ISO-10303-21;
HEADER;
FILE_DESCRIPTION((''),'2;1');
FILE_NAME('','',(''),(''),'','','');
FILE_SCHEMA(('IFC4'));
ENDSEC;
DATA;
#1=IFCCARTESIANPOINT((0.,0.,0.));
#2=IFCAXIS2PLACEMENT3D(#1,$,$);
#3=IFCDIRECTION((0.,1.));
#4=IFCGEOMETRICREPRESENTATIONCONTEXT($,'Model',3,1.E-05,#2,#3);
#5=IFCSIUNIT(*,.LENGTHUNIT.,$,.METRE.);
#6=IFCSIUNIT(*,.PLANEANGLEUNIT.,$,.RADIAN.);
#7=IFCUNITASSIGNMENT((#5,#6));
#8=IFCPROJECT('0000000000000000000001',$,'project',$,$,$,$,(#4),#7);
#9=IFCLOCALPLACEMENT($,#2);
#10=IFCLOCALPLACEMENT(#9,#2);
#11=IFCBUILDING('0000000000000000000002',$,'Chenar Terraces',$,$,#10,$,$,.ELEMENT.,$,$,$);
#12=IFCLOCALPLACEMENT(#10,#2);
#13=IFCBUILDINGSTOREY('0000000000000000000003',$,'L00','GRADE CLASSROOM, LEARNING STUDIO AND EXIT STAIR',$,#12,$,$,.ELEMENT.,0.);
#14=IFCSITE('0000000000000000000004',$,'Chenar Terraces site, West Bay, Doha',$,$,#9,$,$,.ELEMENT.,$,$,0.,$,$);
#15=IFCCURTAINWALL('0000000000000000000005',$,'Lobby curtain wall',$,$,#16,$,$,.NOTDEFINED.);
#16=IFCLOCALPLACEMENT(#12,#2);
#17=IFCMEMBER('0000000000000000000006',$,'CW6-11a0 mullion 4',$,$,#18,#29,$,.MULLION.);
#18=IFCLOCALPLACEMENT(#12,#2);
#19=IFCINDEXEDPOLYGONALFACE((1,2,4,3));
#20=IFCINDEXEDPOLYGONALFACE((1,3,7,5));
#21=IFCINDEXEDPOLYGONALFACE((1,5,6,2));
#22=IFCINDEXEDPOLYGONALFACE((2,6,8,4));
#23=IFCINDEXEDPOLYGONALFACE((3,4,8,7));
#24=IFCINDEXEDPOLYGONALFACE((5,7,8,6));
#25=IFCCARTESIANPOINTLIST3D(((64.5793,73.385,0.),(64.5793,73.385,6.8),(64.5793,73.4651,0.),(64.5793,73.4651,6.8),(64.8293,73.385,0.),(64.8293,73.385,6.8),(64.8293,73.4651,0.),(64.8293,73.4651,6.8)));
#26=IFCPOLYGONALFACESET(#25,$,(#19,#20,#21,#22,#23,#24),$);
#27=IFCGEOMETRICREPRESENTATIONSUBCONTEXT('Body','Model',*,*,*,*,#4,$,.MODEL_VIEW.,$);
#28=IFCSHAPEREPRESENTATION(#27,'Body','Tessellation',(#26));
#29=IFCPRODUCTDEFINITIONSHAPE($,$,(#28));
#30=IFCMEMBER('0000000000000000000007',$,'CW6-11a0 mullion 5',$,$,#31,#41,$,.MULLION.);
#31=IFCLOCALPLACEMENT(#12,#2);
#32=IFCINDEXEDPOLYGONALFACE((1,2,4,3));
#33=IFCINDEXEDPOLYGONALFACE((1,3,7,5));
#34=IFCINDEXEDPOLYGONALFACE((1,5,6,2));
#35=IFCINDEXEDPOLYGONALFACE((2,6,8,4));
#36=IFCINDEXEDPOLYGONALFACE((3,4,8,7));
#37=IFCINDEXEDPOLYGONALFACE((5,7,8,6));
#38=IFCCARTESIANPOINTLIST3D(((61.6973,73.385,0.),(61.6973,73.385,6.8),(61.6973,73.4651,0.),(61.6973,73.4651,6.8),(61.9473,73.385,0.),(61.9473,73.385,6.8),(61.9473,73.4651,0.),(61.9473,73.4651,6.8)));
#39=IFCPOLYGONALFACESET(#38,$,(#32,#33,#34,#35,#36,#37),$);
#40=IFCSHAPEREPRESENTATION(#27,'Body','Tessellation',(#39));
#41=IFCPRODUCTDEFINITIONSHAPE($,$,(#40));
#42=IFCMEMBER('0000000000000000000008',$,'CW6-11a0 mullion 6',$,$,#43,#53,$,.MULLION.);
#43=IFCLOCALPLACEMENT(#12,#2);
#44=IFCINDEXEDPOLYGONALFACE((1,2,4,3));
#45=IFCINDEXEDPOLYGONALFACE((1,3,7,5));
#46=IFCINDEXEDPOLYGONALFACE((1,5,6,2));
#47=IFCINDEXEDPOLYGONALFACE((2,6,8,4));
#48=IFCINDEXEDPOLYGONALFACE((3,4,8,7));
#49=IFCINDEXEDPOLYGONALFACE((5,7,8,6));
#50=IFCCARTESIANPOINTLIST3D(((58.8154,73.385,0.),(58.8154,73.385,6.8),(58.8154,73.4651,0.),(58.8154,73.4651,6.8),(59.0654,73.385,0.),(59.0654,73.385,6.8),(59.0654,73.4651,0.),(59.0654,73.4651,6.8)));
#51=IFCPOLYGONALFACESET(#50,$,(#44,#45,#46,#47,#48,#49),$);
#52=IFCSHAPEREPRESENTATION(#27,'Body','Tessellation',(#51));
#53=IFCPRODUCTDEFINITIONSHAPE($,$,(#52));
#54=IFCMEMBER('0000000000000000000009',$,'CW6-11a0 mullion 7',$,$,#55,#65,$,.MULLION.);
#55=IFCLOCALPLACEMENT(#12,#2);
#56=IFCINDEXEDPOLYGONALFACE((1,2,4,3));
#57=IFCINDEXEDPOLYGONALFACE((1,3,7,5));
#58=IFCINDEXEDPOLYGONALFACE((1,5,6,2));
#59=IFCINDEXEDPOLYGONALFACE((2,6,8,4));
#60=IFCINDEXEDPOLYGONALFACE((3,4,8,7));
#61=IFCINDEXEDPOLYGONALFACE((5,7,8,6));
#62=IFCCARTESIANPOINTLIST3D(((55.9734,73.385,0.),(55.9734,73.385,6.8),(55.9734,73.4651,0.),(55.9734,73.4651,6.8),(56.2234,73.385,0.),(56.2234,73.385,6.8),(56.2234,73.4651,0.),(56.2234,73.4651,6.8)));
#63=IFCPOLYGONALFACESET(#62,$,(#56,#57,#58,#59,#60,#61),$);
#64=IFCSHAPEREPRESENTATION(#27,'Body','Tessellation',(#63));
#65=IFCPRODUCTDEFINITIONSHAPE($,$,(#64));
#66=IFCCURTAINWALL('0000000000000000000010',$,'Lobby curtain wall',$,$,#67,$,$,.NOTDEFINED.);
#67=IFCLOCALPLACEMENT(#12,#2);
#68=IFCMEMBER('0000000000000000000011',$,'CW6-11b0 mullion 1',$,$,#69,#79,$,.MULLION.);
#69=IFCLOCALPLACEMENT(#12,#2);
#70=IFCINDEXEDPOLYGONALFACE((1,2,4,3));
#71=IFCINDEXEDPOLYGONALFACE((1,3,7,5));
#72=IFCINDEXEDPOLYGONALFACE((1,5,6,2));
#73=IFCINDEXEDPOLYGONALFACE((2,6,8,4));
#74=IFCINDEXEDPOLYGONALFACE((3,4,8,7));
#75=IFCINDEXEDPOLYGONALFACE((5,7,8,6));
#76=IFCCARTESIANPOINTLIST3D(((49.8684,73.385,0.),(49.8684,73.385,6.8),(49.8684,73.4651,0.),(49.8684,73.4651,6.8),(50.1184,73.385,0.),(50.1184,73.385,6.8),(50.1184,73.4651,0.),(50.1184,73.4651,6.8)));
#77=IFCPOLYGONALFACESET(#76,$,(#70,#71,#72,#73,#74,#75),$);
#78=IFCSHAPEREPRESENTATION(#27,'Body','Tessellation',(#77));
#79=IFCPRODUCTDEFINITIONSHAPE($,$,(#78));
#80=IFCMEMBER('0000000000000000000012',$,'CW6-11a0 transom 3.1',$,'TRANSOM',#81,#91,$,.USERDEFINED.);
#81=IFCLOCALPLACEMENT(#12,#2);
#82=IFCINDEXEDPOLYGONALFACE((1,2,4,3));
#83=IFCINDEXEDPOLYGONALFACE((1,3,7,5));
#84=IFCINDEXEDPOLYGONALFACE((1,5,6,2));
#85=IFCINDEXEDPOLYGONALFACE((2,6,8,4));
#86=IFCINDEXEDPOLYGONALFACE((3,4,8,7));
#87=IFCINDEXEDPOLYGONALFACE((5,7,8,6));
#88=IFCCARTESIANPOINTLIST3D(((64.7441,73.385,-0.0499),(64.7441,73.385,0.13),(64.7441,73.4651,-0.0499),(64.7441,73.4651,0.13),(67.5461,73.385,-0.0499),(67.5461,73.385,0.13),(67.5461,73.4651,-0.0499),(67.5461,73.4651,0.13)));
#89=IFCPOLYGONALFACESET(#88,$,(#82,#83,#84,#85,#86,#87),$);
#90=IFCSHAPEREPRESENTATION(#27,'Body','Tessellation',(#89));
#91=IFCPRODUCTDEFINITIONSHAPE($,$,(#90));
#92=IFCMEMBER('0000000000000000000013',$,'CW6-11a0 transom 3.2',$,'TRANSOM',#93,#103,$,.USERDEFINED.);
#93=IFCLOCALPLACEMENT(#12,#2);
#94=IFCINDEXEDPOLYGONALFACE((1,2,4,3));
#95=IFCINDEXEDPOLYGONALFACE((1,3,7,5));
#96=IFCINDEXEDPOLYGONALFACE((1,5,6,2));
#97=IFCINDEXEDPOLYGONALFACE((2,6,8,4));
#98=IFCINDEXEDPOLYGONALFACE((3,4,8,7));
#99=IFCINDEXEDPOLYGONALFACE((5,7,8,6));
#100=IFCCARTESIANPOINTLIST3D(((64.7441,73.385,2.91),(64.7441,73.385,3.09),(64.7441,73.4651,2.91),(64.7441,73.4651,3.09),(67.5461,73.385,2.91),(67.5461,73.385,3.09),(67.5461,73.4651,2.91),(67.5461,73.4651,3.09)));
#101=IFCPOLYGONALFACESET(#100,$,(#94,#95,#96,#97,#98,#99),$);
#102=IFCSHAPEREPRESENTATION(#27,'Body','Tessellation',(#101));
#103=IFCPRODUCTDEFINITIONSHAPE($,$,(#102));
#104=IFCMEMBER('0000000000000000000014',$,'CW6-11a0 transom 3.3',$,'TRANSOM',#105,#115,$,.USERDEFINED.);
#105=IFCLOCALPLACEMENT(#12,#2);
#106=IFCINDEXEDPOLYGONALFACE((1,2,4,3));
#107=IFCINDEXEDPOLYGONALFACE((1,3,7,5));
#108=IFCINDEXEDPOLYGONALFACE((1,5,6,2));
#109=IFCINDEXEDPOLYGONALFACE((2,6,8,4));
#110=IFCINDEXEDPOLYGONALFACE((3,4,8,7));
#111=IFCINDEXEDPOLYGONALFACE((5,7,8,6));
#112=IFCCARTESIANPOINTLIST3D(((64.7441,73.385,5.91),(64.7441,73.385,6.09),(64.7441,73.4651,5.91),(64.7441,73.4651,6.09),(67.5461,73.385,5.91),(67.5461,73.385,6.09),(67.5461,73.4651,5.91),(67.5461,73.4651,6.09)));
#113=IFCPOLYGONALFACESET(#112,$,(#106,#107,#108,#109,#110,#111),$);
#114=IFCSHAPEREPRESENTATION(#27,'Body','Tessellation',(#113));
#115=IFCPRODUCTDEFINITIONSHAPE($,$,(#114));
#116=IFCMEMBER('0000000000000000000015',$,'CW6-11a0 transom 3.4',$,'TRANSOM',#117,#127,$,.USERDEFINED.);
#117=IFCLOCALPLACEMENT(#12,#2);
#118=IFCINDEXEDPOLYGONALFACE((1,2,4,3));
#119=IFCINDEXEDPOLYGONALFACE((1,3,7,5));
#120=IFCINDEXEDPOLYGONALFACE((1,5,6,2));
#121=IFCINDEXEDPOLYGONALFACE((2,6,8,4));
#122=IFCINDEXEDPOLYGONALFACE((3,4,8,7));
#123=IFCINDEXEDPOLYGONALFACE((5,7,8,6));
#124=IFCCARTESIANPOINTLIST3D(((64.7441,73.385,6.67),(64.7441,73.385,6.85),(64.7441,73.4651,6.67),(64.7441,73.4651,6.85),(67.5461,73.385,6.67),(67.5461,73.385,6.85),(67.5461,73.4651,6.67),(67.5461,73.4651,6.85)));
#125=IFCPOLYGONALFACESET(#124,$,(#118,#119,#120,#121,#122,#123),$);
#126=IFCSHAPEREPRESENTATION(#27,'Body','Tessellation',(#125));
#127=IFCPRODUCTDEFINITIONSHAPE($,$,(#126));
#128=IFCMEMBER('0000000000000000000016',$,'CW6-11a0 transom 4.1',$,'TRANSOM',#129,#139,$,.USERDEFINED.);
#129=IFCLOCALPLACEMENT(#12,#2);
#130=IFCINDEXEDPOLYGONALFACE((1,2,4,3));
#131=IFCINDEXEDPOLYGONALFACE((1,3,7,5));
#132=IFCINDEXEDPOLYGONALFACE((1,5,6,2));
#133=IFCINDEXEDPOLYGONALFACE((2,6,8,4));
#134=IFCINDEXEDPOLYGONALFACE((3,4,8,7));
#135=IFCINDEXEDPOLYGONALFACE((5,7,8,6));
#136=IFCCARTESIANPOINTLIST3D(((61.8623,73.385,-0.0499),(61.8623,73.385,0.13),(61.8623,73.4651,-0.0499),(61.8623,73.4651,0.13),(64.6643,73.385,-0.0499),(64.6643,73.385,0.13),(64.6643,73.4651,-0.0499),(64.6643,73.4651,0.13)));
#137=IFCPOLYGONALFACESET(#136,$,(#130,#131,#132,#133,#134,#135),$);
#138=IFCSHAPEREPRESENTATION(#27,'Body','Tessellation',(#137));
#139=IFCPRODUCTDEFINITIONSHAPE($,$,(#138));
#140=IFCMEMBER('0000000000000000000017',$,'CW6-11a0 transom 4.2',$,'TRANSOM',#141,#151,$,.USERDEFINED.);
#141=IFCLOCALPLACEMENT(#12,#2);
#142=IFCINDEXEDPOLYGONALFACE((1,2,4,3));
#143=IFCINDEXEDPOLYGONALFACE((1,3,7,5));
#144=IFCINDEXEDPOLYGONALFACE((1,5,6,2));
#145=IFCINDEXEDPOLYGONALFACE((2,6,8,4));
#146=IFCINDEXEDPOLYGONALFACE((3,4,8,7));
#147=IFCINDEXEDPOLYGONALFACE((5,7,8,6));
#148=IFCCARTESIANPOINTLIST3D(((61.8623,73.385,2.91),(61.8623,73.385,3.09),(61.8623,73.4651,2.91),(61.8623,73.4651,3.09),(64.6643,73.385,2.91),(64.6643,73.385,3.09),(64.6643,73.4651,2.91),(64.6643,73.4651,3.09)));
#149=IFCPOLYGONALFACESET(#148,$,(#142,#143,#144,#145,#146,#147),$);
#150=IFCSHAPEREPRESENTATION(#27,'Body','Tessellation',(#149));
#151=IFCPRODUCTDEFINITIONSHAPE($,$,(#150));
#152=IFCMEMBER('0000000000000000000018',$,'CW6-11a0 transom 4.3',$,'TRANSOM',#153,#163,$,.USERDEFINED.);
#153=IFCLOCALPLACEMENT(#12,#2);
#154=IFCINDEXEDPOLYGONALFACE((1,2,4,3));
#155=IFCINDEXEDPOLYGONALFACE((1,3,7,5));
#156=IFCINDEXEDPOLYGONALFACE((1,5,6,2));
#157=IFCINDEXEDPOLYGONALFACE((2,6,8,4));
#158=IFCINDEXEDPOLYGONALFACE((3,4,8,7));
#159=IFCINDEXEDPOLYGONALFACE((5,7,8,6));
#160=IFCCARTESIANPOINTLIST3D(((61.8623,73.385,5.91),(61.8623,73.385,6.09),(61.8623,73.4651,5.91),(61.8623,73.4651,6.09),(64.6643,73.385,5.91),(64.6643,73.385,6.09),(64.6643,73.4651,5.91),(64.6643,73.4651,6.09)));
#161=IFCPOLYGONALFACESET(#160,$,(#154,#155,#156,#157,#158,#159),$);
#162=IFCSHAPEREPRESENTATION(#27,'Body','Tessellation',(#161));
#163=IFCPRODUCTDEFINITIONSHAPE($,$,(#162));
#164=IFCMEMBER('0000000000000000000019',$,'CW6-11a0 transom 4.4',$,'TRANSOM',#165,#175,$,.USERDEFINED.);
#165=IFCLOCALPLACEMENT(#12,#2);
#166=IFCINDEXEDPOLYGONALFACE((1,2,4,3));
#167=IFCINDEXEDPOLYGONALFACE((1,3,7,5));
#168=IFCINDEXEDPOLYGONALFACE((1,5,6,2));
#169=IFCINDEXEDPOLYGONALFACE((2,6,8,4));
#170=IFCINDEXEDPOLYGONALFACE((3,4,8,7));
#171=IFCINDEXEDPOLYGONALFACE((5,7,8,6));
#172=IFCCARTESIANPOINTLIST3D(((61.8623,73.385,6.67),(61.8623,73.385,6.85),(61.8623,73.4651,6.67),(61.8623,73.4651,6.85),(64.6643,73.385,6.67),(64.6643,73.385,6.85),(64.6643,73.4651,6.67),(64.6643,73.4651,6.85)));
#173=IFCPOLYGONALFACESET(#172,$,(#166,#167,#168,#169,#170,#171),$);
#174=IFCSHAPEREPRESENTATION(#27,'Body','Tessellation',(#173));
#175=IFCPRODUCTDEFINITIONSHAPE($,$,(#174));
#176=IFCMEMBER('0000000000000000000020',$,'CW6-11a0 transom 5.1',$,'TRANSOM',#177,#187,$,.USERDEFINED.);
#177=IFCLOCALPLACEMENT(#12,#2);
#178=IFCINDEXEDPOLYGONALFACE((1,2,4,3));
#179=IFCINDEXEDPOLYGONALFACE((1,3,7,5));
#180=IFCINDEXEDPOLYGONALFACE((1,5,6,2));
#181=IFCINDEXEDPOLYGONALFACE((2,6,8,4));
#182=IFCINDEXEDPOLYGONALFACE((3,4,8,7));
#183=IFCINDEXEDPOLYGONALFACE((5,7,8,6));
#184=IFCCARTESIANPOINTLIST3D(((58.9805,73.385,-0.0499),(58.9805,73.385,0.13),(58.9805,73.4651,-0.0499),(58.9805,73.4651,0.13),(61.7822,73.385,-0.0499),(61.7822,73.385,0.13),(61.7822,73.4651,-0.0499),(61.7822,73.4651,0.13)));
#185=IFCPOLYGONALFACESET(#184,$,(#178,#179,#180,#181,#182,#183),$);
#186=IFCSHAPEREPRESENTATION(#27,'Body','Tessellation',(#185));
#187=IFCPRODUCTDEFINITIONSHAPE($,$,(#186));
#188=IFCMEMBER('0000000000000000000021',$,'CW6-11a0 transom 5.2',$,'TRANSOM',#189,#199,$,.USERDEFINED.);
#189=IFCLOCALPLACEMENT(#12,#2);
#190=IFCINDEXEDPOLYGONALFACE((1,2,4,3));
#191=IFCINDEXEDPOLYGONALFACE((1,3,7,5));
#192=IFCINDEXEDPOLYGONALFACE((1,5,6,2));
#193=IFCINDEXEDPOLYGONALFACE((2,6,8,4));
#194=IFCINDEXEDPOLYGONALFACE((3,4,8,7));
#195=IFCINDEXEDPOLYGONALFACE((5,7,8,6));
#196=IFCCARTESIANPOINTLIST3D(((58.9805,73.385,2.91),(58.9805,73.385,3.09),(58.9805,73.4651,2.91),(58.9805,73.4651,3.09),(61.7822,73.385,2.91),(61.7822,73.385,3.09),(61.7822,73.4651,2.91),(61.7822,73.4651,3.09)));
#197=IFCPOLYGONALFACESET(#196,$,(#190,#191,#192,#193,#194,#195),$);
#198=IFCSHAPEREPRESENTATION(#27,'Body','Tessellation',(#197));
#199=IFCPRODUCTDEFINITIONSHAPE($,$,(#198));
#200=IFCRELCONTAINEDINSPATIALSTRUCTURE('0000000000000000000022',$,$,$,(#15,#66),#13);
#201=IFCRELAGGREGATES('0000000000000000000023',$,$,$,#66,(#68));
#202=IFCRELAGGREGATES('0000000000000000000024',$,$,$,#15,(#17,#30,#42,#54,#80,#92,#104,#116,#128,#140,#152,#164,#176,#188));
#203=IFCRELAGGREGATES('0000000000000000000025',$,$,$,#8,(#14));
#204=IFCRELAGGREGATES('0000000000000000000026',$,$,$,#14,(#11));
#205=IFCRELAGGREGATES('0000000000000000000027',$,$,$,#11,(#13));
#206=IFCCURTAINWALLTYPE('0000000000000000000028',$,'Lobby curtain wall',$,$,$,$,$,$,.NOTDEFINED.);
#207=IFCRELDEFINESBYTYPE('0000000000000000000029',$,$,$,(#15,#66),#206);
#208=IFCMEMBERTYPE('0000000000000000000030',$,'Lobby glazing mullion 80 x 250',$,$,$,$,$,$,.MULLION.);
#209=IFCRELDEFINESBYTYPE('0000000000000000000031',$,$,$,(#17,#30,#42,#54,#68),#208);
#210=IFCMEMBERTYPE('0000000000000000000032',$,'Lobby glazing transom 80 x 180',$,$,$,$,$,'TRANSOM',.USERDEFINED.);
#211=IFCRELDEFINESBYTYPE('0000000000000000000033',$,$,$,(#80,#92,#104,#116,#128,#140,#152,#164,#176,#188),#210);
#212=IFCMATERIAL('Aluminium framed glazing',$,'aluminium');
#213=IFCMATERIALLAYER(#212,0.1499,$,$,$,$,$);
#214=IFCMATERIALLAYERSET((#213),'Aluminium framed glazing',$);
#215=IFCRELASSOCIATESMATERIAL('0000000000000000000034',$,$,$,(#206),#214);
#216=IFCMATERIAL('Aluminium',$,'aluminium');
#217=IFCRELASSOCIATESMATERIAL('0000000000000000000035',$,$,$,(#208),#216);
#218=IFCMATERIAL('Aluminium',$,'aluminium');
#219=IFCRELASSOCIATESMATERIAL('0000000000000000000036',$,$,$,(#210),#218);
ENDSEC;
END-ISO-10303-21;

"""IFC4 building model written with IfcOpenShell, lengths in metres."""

from ifc_helpers import new_model, si_unit, direction, frame, origin, origin_2d, place, context, subcontext, project, spatial, rectangle, extrude, material, layer, layer_set, material_profile, profile_set, type_object, element, aggregate, save


model = new_model("IFC4")

# Units and contexts
model_context = context("Model", 3, precision=1e-05, world=origin(), true_north=direction((0.0, 1.0)))
body_context = subcontext(model_context, "Body", "Model", "MODEL_VIEW")
ifc_project = project(units=[si_unit("LENGTHUNIT", "METRE"), si_unit("PLANEANGLEUNIT", "RADIAN")], contexts=[model_context])

# Site, building, storey
site_placement = place(None, origin())
site = spatial("IfcSite", under=ifc_project, at=site_placement, Name="Chenar Terraces site, West Bay, Doha", CompositionType="ELEMENT", RefElevation=0.0)
building_placement = place(site_placement, origin())
building = spatial("IfcBuilding", under=site, at=building_placement, Name="Chenar Terraces", CompositionType="ELEMENT")
storey_placement = place(building_placement, origin())
storey = spatial("IfcBuildingStorey", under=building, at=storey_placement, Name="L00", Description="GRADE CLASSROOM, LEARNING STUDIO AND EXIT STAIR", CompositionType="ELEMENT", Elevation=0.0)

# Curtain wall, members
ifc_material_1 = material(Name="Aluminium framed glazing", Category="aluminium")
ifc_layer_1 = layer(ifc_material_1, 0.1499)
ifc_layer_set_1 = layer_set([ifc_layer_1], Name="Aluminium framed glazing")
curtain_wall_type = type_object("IfcCurtainWallType", Name="Lobby curtain wall", PredefinedType="NOTDEFINED", material=ifc_layer_set_1)
placement = place(storey_placement, origin())
curtain_wall_1 = element("IfcCurtainWall", 1, at=placement, inside=storey, type_object=curtain_wall_type, Name="Lobby curtain wall", PredefinedType="NOTDEFINED")
ifc_material_2 = material(Name="Aluminium", Category="aluminium")
ifc_material_profile_1 = material_profile(ifc_material_2, rectangle(XDim=0.0801, YDim=0.25, at=origin_2d()), Name="Lobby glazing mullion 80 x 250")
ifc_profile_set_1 = profile_set([ifc_material_profile_1], Name="Aluminium")
member_type_1 = type_object("IfcMemberType", Name="Lobby glazing mullion 80 x 250", PredefinedType="MULLION", material=ifc_profile_set_1)
member_1_placement = place(storey_placement, frame((64.7043, 73.425, 0.0), z_axis=(0.0, 0.0, 1.0), x_axis=(0.0, -1.0, 0.0)))
member_1 = element("IfcMember", 2, at=member_1_placement, type_object=member_type_1, Name="CW6-11a0 mullion 4", PredefinedType="MULLION", context=body_context, shape_type="SweptSolid", body=[
    extrude(rectangle(XDim=0.0801, YDim=0.25, at=origin_2d()), origin(), (0.0, 0.0, 1.0), 6.8),
])
member_2_placement = place(storey_placement, frame((61.8223, 73.425, 0.0), z_axis=(0.0, 0.0, 1.0), x_axis=(0.0, -1.0, 0.0)))
member_2 = element("IfcMember", 3, at=member_2_placement, type_object=member_type_1, Name="CW6-11a0 mullion 5", PredefinedType="MULLION", context=body_context, shape_type="SweptSolid", body=[
    extrude(rectangle(XDim=0.0801, YDim=0.25, at=origin_2d()), origin(), (0.0, 0.0, 1.0), 6.8),
])
member_3_placement = place(storey_placement, frame((58.9404, 73.425, 0.0), z_axis=(0.0, 0.0, 1.0), x_axis=(0.0, -1.0, 0.0)))
member_3 = element("IfcMember", 4, at=member_3_placement, type_object=member_type_1, Name="CW6-11a0 mullion 6", PredefinedType="MULLION", context=body_context, shape_type="SweptSolid", body=[
    extrude(rectangle(XDim=0.0801, YDim=0.25, at=origin_2d()), origin(), (0.0, 0.0, 1.0), 6.8),
])
member_4_placement = place(storey_placement, frame((56.0984, 73.425, 0.0), z_axis=(0.0, 0.0, 1.0), x_axis=(0.0, -1.0, 0.0)))
member_4 = element("IfcMember", 5, at=member_4_placement, type_object=member_type_1, Name="CW6-11a0 mullion 7", PredefinedType="MULLION", context=body_context, shape_type="SweptSolid", body=[
    extrude(rectangle(XDim=0.0801, YDim=0.25, at=origin_2d()), origin(), (0.0, 0.0, 1.0), 6.8),
])

# Curtain wall, member
curtain_wall_2 = element("IfcCurtainWall", 6, at=placement, inside=storey, type_object=curtain_wall_type, Name="Lobby curtain wall", PredefinedType="NOTDEFINED")
member_5_placement = place(storey_placement, frame((49.9934, 73.425, 0.0), z_axis=(0.0, 0.0, 1.0), x_axis=(0.0, -1.0, 0.0)))
member_5 = element("IfcMember", 7, at=member_5_placement, type_object=member_type_1, Name="CW6-11b0 mullion 1", PredefinedType="MULLION", context=body_context, shape_type="SweptSolid", body=[
    extrude(rectangle(XDim=0.0801, YDim=0.25, at=origin_2d()), origin(), (0.0, 0.0, 1.0), 6.8),
])

# Members
ifc_material_3 = material(Name="Aluminium", Category="aluminium")
ifc_material_profile_2 = material_profile(ifc_material_3, rectangle(XDim=0.0801, YDim=0.1799, at=origin_2d()), Name="Lobby glazing transom 80 x 180")
ifc_profile_set_2 = profile_set([ifc_material_profile_2], Name="Aluminium")
member_type_2 = type_object("IfcMemberType", Name="Lobby glazing transom 80 x 180", ElementType="TRANSOM", PredefinedType="USERDEFINED", material=ifc_profile_set_2)
member_6_placement = place(storey_placement, frame((67.5461, 73.425, 0.04), z_axis=(-1.0, 0.0, 0.0), x_axis=(0.0, -1.0, 0.0)))
member_6 = element("IfcMember", 8, at=member_6_placement, type_object=member_type_2, Name="CW6-11a0 transom 3.1", ObjectType="TRANSOM", PredefinedType="USERDEFINED", context=body_context, shape_type="SweptSolid", body=[
    extrude(rectangle(XDim=0.0801, YDim=0.1799, at=origin_2d()), origin(), (0.0, 0.0, 1.0), 2.802),
])
member_7_placement = place(storey_placement, frame((67.5461, 73.425, 3.0), z_axis=(-1.0, 0.0, 0.0), x_axis=(0.0, -1.0, 0.0)))
member_7 = element("IfcMember", 9, at=member_7_placement, type_object=member_type_2, Name="CW6-11a0 transom 3.2", ObjectType="TRANSOM", PredefinedType="USERDEFINED", context=body_context, shape_type="SweptSolid", body=[
    extrude(rectangle(XDim=0.0801, YDim=0.1799, at=origin_2d()), origin(), (0.0, 0.0, 1.0), 2.802),
])
member_8_placement = place(storey_placement, frame((67.5461, 73.425, 6.0), z_axis=(-1.0, 0.0, 0.0), x_axis=(0.0, -1.0, 0.0)))
member_8 = element("IfcMember", 10, at=member_8_placement, type_object=member_type_2, Name="CW6-11a0 transom 3.3", ObjectType="TRANSOM", PredefinedType="USERDEFINED", context=body_context, shape_type="SweptSolid", body=[
    extrude(rectangle(XDim=0.0801, YDim=0.1799, at=origin_2d()), origin(), (0.0, 0.0, 1.0), 2.802),
])
member_9_placement = place(storey_placement, frame((67.5461, 73.425, 6.76), z_axis=(-1.0, 0.0, 0.0), x_axis=(0.0, -1.0, 0.0)))
member_9 = element("IfcMember", 11, at=member_9_placement, type_object=member_type_2, Name="CW6-11a0 transom 3.4", ObjectType="TRANSOM", PredefinedType="USERDEFINED", context=body_context, shape_type="SweptSolid", body=[
    extrude(rectangle(XDim=0.0801, YDim=0.1799, at=origin_2d()), origin(), (0.0, 0.0, 1.0), 2.802),
])
member_10_placement = place(storey_placement, frame((64.6643, 73.425, 0.04), z_axis=(-1.0, 0.0, 0.0), x_axis=(0.0, -1.0, 0.0)))
member_10 = element("IfcMember", 12, at=member_10_placement, type_object=member_type_2, Name="CW6-11a0 transom 4.1", ObjectType="TRANSOM", PredefinedType="USERDEFINED", context=body_context, shape_type="SweptSolid", body=[
    extrude(rectangle(XDim=0.0801, YDim=0.1799, at=origin_2d()), origin(), (0.0, 0.0, 1.0), 2.802),
])
member_11_placement = place(storey_placement, frame((64.6643, 73.425, 3.0), z_axis=(-1.0, 0.0, 0.0), x_axis=(0.0, -1.0, 0.0)))
member_11 = element("IfcMember", 13, at=member_11_placement, type_object=member_type_2, Name="CW6-11a0 transom 4.2", ObjectType="TRANSOM", PredefinedType="USERDEFINED", context=body_context, shape_type="SweptSolid", body=[
    extrude(rectangle(XDim=0.0801, YDim=0.1799, at=origin_2d()), origin(), (0.0, 0.0, 1.0), 2.802),
])
member_12_placement = place(storey_placement, frame((64.6643, 73.425, 6.0), z_axis=(-1.0, 0.0, 0.0), x_axis=(0.0, -1.0, 0.0)))
member_12 = element("IfcMember", 14, at=member_12_placement, type_object=member_type_2, Name="CW6-11a0 transom 4.3", ObjectType="TRANSOM", PredefinedType="USERDEFINED", context=body_context, shape_type="SweptSolid", body=[
    extrude(rectangle(XDim=0.0801, YDim=0.1799, at=origin_2d()), origin(), (0.0, 0.0, 1.0), 2.802),
])
member_13_placement = place(storey_placement, frame((64.6643, 73.425, 6.76), z_axis=(-1.0, 0.0, 0.0), x_axis=(0.0, -1.0, 0.0)))
member_13 = element("IfcMember", 15, at=member_13_placement, type_object=member_type_2, Name="CW6-11a0 transom 4.4", ObjectType="TRANSOM", PredefinedType="USERDEFINED", context=body_context, shape_type="SweptSolid", body=[
    extrude(rectangle(XDim=0.0801, YDim=0.1799, at=origin_2d()), origin(), (0.0, 0.0, 1.0), 2.802),
])
member_14_placement = place(storey_placement, frame((61.7822, 73.425, 0.04), z_axis=(-1.0, 0.0, 0.0), x_axis=(0.0, -1.0, 0.0)))
member_14 = element("IfcMember", 16, at=member_14_placement, type_object=member_type_2, Name="CW6-11a0 transom 5.1", ObjectType="TRANSOM", PredefinedType="USERDEFINED", context=body_context, shape_type="SweptSolid", body=[
    extrude(rectangle(XDim=0.0801, YDim=0.1799, at=origin_2d()), origin(), (0.0, 0.0, 1.0), 2.8018),
])
member_15_placement = place(storey_placement, frame((61.7822, 73.425, 3.0), z_axis=(-1.0, 0.0, 0.0), x_axis=(0.0, -1.0, 0.0)))
member_15 = element("IfcMember", 17, at=member_15_placement, type_object=member_type_2, Name="CW6-11a0 transom 5.2", ObjectType="TRANSOM", PredefinedType="USERDEFINED", context=body_context, shape_type="SweptSolid", body=[
    extrude(rectangle(XDim=0.0801, YDim=0.1799, at=origin_2d()), origin(), (0.0, 0.0, 1.0), 2.8018),
])
aggregate(curtain_wall_2, [member_5])

aggregate(curtain_wall_1, [member_1, member_2, member_3, member_4, member_6, member_7, member_8, member_9, member_10, member_11, member_12, member_13, member_14, member_15])

save(model, "model.ifc")
